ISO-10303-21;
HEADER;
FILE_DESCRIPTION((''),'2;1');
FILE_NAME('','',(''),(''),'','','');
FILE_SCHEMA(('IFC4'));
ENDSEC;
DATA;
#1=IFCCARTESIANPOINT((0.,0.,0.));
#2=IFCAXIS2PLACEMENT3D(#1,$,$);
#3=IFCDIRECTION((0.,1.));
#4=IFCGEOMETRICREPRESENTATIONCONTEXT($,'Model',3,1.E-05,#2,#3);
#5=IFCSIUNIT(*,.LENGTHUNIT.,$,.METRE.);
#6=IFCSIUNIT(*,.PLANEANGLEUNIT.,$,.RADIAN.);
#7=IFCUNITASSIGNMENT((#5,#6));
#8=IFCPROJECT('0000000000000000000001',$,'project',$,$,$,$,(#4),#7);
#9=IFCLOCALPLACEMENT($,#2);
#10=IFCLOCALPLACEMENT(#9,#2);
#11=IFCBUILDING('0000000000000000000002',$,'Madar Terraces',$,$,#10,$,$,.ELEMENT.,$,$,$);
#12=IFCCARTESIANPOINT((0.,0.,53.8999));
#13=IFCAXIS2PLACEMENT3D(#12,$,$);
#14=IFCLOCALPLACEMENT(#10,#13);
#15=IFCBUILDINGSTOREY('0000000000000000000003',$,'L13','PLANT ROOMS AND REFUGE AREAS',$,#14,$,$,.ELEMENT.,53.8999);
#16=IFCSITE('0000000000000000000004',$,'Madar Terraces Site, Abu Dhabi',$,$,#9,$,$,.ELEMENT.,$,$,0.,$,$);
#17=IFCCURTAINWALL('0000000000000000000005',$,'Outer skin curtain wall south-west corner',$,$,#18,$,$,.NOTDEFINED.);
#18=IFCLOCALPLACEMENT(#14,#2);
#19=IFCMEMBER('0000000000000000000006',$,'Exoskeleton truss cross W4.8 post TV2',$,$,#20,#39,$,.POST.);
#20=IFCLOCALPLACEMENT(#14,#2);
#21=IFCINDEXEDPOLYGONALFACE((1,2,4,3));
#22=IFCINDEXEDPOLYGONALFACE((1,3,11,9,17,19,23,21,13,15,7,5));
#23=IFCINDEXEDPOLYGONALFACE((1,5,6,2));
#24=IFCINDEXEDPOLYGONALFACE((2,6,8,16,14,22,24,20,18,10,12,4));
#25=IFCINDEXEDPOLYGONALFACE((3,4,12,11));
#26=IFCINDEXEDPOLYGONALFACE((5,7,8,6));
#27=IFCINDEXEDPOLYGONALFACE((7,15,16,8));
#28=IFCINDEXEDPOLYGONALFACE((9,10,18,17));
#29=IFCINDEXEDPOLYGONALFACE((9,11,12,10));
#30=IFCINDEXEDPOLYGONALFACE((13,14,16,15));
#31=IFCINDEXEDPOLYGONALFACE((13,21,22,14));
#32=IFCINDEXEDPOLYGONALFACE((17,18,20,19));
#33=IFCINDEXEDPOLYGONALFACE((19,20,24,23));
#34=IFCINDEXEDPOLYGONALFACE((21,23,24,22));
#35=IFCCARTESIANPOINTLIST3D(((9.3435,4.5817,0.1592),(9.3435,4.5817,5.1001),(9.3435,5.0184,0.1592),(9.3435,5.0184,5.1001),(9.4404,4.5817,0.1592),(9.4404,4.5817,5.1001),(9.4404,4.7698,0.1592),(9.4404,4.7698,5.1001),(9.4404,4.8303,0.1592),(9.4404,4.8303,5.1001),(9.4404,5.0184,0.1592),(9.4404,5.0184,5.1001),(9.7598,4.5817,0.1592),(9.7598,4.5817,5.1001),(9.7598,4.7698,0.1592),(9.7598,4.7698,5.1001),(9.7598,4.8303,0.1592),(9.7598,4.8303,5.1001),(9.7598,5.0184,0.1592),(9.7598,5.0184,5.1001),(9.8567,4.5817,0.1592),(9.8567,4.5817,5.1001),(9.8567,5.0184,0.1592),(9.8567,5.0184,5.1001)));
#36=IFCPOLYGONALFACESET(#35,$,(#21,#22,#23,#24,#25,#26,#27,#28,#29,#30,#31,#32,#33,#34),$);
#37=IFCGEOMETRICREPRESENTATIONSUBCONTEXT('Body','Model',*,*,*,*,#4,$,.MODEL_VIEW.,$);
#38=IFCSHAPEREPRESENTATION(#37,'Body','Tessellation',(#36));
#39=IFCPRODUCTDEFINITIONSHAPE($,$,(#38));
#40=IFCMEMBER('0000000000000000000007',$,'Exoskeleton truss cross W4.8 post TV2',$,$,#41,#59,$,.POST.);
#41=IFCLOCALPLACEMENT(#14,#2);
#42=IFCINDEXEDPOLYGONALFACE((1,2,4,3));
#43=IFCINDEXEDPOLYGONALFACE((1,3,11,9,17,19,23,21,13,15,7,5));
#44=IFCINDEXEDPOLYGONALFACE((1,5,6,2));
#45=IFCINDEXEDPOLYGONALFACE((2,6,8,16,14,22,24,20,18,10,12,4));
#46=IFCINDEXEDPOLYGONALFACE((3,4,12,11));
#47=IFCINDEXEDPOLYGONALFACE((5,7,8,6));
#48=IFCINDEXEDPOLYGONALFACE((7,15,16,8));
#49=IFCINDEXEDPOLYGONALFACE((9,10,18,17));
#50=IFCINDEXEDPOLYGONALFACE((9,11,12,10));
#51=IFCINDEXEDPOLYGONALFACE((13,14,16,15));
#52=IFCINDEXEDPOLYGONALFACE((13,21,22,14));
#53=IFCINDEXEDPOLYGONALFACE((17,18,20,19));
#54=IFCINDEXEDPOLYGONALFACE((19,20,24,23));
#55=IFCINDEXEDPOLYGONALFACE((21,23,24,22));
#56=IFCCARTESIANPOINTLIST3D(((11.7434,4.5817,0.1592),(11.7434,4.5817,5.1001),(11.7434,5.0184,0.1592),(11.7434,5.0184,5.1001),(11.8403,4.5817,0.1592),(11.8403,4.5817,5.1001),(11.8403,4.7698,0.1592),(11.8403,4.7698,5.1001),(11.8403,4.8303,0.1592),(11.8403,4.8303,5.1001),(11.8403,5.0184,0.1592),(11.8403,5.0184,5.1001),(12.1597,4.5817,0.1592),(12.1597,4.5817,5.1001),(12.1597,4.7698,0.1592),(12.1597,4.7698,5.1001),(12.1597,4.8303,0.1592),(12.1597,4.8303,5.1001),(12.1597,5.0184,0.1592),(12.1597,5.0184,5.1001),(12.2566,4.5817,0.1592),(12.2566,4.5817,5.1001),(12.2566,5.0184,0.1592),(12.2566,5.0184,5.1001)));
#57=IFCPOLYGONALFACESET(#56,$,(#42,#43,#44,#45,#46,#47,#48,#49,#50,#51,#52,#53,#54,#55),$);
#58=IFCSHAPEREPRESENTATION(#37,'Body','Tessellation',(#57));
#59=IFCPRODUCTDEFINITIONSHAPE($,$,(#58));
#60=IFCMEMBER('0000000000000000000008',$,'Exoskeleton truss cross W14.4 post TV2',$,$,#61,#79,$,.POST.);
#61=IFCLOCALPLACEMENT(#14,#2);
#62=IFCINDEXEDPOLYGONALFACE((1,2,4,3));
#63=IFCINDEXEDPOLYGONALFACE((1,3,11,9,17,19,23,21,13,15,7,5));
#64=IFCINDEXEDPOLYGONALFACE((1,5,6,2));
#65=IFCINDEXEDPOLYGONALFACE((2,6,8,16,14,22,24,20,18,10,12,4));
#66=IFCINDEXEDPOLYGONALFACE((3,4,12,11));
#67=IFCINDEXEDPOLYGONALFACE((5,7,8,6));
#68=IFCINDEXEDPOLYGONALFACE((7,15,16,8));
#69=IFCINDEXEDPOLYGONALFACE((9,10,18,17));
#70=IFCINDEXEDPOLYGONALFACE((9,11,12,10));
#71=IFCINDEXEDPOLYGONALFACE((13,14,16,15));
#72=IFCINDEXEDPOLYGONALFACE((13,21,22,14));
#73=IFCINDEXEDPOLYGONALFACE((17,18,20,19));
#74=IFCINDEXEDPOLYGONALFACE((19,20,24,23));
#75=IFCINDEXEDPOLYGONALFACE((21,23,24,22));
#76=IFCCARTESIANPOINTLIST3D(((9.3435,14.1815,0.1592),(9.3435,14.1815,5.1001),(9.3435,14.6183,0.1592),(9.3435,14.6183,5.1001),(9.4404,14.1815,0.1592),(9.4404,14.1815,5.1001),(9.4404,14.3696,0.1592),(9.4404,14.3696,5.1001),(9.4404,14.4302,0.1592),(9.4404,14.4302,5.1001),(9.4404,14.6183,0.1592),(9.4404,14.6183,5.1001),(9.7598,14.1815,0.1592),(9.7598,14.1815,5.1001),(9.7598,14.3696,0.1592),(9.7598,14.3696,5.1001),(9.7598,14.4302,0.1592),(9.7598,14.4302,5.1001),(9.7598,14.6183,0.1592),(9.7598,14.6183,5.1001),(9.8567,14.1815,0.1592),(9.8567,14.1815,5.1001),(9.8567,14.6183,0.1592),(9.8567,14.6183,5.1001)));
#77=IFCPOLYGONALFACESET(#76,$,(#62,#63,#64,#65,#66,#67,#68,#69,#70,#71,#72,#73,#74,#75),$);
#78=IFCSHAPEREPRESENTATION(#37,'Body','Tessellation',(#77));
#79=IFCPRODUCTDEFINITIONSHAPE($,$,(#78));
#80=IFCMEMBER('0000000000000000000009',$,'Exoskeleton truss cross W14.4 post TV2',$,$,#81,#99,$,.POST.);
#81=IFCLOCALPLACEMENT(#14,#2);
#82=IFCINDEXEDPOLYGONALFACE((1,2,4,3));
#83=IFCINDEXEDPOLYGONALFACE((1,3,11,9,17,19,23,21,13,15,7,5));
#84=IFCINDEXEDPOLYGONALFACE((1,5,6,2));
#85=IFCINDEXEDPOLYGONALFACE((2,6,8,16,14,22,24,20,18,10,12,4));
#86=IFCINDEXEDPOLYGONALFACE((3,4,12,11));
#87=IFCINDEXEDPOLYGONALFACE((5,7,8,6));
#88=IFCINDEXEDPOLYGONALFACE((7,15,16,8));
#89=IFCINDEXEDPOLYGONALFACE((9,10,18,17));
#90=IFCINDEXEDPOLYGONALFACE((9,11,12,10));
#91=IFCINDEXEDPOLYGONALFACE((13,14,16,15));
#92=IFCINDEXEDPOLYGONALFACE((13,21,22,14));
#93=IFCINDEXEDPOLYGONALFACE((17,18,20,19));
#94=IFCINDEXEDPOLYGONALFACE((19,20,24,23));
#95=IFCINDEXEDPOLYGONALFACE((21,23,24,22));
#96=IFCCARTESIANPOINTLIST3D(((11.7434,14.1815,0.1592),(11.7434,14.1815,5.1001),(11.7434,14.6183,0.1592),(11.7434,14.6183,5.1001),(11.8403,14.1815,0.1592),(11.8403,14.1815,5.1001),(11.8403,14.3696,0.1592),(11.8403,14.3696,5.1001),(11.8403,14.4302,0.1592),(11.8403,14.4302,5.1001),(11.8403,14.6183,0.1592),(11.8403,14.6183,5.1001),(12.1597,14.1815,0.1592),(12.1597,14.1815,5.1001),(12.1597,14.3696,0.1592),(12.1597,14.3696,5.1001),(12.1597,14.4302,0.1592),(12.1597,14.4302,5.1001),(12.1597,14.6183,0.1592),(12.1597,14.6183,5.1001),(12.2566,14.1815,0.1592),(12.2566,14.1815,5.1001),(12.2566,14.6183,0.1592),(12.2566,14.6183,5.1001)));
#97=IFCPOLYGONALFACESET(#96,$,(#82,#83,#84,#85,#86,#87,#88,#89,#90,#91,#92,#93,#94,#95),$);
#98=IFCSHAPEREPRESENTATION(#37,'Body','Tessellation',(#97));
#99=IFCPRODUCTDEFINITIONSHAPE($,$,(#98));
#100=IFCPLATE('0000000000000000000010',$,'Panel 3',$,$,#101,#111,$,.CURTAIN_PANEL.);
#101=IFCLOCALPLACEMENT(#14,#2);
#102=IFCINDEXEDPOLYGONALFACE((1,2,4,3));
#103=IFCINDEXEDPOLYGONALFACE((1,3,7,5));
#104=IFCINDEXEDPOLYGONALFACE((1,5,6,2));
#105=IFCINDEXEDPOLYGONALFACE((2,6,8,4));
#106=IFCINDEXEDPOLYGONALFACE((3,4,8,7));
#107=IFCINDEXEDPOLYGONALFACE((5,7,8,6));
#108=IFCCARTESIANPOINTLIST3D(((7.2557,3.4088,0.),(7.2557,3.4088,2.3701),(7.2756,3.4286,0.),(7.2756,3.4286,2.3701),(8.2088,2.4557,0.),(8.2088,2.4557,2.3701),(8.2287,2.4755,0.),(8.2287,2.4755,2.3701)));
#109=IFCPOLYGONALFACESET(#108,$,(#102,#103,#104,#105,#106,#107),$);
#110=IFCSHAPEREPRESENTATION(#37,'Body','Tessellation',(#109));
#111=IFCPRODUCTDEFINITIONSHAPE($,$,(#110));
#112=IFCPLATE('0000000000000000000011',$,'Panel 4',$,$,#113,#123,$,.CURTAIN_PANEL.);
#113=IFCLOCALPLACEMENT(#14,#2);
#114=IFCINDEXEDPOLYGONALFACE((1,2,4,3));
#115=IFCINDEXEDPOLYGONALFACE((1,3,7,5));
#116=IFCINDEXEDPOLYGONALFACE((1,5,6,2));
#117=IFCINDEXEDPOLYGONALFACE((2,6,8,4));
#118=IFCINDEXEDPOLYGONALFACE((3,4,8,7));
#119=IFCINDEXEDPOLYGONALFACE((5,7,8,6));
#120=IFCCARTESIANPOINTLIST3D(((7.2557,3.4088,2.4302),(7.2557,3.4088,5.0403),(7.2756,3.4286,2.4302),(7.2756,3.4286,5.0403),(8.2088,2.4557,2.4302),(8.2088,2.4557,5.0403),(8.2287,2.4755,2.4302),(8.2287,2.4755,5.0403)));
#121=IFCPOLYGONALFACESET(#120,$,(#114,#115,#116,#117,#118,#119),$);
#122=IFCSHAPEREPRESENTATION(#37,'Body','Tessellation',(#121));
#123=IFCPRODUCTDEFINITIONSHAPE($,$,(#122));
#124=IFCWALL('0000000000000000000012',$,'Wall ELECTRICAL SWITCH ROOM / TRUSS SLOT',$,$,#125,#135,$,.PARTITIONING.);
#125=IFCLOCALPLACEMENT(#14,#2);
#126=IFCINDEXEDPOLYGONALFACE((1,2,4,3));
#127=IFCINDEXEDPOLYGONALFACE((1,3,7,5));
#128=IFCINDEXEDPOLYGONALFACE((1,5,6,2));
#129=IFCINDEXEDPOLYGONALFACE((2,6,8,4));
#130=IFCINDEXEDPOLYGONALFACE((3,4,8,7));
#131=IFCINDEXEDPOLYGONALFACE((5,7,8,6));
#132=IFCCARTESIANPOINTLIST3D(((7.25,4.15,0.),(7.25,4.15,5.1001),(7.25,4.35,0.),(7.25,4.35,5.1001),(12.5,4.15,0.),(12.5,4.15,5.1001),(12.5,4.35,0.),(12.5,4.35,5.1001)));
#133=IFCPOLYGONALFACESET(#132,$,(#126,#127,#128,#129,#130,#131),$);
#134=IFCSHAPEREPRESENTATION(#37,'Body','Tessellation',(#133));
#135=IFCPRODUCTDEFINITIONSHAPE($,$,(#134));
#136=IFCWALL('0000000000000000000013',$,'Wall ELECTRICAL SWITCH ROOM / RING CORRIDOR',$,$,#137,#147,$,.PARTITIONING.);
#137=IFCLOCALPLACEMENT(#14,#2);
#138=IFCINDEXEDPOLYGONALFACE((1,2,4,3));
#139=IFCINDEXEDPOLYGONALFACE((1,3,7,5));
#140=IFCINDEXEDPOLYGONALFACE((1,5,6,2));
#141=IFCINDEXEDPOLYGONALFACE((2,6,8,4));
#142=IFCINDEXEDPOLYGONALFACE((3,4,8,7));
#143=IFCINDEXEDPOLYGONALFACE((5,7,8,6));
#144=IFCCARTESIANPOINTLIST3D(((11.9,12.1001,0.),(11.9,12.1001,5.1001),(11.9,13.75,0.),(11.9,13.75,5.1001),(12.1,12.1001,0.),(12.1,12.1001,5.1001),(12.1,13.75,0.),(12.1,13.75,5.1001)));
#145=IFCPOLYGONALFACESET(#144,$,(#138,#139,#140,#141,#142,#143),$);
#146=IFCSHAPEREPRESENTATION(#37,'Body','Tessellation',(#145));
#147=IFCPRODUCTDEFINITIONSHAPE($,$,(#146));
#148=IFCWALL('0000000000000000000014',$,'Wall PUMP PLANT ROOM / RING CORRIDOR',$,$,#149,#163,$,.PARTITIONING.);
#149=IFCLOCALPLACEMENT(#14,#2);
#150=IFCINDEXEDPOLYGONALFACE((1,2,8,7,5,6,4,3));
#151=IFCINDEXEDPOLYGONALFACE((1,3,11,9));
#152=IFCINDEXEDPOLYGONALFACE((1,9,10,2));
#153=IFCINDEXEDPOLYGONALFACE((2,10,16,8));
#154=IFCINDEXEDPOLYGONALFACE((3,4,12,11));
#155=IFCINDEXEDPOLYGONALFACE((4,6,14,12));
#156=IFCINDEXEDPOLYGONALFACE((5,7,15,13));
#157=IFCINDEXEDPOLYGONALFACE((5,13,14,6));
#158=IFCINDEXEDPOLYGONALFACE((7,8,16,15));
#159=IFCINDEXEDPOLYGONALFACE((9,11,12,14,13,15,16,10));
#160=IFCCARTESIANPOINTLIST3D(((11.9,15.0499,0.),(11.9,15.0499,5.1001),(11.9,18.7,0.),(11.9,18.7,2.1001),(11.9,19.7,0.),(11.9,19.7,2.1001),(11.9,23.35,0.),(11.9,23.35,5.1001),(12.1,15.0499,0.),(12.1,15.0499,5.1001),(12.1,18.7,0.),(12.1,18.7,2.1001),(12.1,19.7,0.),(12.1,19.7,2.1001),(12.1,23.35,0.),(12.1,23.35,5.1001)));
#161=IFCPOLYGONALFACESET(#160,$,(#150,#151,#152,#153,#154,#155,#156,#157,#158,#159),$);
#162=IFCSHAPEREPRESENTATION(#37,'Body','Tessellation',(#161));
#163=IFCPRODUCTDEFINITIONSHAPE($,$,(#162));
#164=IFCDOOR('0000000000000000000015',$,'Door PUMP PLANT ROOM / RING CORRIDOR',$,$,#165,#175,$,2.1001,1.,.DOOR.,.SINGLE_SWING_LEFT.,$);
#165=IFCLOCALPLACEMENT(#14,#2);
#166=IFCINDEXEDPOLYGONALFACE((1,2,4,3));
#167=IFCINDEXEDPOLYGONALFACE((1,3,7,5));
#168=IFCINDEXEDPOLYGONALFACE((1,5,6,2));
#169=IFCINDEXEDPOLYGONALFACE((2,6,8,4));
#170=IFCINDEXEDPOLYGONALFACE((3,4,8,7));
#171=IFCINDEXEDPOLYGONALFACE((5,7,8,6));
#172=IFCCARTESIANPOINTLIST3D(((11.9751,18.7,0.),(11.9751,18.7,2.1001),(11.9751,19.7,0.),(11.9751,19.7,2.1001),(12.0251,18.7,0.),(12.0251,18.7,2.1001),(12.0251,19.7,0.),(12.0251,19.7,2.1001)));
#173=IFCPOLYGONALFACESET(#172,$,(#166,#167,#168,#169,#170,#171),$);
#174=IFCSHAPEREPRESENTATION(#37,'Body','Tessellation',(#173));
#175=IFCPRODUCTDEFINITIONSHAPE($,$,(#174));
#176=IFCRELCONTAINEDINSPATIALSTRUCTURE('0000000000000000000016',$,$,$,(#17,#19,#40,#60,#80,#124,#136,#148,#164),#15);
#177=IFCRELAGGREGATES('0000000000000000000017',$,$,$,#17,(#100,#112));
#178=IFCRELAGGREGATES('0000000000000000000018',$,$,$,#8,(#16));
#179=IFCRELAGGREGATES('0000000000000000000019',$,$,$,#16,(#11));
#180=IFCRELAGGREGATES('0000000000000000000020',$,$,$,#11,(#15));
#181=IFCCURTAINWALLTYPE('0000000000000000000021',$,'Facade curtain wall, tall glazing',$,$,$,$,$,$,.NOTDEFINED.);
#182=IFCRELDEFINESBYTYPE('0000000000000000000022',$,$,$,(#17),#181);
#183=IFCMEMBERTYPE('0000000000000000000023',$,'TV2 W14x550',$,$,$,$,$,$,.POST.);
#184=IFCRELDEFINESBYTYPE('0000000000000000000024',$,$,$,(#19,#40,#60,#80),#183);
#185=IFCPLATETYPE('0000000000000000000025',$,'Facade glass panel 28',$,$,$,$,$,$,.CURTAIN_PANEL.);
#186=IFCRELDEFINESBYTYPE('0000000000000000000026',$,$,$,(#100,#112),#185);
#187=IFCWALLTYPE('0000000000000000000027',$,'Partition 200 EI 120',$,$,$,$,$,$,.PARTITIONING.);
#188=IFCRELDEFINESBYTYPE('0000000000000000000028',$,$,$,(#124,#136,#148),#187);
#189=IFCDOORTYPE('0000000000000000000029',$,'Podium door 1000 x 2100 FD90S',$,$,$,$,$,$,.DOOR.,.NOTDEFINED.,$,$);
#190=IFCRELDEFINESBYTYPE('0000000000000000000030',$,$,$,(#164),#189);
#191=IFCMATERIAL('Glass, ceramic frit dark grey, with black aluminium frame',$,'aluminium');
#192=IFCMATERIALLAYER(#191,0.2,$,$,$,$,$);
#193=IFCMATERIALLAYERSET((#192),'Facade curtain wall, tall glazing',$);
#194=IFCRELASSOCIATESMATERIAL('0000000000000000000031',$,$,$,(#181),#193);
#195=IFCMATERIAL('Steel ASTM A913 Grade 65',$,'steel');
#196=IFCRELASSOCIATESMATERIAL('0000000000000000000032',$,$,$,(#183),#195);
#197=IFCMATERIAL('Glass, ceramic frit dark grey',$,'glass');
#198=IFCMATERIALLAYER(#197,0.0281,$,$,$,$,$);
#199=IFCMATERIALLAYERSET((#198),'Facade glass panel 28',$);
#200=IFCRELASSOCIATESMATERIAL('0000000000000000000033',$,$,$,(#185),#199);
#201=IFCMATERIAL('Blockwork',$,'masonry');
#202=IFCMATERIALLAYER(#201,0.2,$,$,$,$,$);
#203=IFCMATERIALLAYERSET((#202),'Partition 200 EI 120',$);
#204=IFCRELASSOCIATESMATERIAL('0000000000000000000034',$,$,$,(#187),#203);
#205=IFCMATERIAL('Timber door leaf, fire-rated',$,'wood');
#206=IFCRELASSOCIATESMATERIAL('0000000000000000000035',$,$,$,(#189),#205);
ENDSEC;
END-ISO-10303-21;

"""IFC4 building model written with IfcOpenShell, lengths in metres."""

from ifc_helpers import new_model, si_unit, direction, frame, frame_2d, origin, origin_2d, place, context, subcontext, project, spatial, rectangle, i_section, extrude, material, layer, layer_set, material_profile, profile_set, type_object, element, fill, aggregate, save


model = new_model("IFC4")

# Units and contexts
model_context = context("Model", 3, precision=1e-05, world=origin(), true_north=direction((0.0, 1.0)))
body_context = subcontext(model_context, "Body", "Model", "MODEL_VIEW")
ifc_project = project(units=[si_unit("LENGTHUNIT", "METRE"), si_unit("PLANEANGLEUNIT", "RADIAN")], contexts=[model_context])

# Site, building, storey
site_placement = place(None, origin())
site = spatial("IfcSite", under=ifc_project, at=site_placement, Name="Madar Terraces Site, Abu Dhabi", CompositionType="ELEMENT", RefElevation=0.0)
building_placement = place(site_placement, origin())
building = spatial("IfcBuilding", under=site, at=building_placement, Name="Madar Terraces", CompositionType="ELEMENT")
storey_placement = place(building_placement, frame((0.0, 0.0, 53.8999)))
storey = spatial("IfcBuildingStorey", under=building, at=storey_placement, Name="L13", Description="PLANT ROOMS AND REFUGE AREAS", CompositionType="ELEMENT", Elevation=53.8999)

# Curtain wall
ifc_material_1 = material(Name="Glass, ceramic frit dark grey, with black aluminium frame", Category="aluminium")
ifc_layer_1 = layer(ifc_material_1, 0.2)
ifc_layer_set_1 = layer_set([ifc_layer_1], Name="Facade curtain wall, tall glazing")
curtain_wall_type = type_object("IfcCurtainWallType", Name="Facade curtain wall, tall glazing", PredefinedType="NOTDEFINED", material=ifc_layer_set_1)
curtain_wall_placement = place(storey_placement, origin())
curtain_wall = element("IfcCurtainWall", 1, at=curtain_wall_placement, inside=storey, type_object=curtain_wall_type, Name="Outer skin curtain wall south-west corner", PredefinedType="NOTDEFINED")

# Members
ifc_material_2 = material(Name="Steel ASTM A913 Grade 65", Category="steel")
ifc_material_profile_1 = material_profile(ifc_material_2, i_section(OverallWidth=0.4368, OverallDepth=0.5132, WebThickness=0.0605, FlangeThickness=0.0969, at=origin_2d()), Name="W14x550")
ifc_profile_set_1 = profile_set([ifc_material_profile_1], Name="Steel ASTM A913 Grade 65")
member_type_1 = type_object("IfcMemberType", Name="TV2 W14x550", PredefinedType="POST", material=ifc_profile_set_1)
for number, where, z_axis, x_axis, name in (
    (2, (9.6001, 4.8, 0.1592), (0.0, 0.0, 1.0), (0.0, 1.0, 0.0), "Exoskeleton truss cross W4.8 post TV2"),
    (3, (12.0, 4.8, 0.1592), (0.0, 0.0, 1.0), (0.0, 1.0, 0.0), "Exoskeleton truss cross W4.8 post TV2"),
    (4, (9.6001, 14.3999, 0.1592), (0.0, 0.0, 1.0), (0.0, 1.0, 0.0), "Exoskeleton truss cross W14.4 post TV2"),
    (5, (12.0, 14.3999, 0.1592), (0.0, 0.0, 1.0), (0.0, 1.0, 0.0), "Exoskeleton truss cross W14.4 post TV2"),
):
    element("IfcMember", number, at=place(storey_placement, frame(where, z_axis=z_axis, x_axis=x_axis)), inside=storey, type_object=member_type_1, Name=name, PredefinedType="POST", context=body_context, shape_type="SweptSolid", body=[
        extrude(i_section(OverallWidth=0.4368, OverallDepth=0.5132, WebThickness=0.0605, FlangeThickness=0.0969, at=origin_2d()), origin(), (0.0, 0.0, 1.0), 4.9409),
    ])

# Plates
ifc_material_3 = material(Name="Glass, ceramic frit dark grey", Category="glass")
ifc_layer_2 = layer(ifc_material_3, 0.0281)
ifc_layer_set_2 = layer_set([ifc_layer_2], Name="Facade glass panel 28")
plate_type = type_object("IfcPlateType", Name="Facade glass panel 28", PredefinedType="CURTAIN_PANEL", material=ifc_layer_set_2)
plate_1_placement = place(storey_placement, frame((7.7422, 2.9421, 0.0), z_axis=(0.0, 0.0, 1.0), x_axis=(0.707107, -0.707107, 0.0)))
plate_1 = element("IfcPlate", 6, at=plate_1_placement, type_object=plate_type, Name="Panel 3", PredefinedType="CURTAIN_PANEL", context=body_context, shape_type="SweptSolid", body=[
    extrude(rectangle(XDim=1.3479, YDim=0.0281, at=origin_2d()), origin(), (0.0, 0.0, 1.0), 2.3701),
])
plate_2_placement = place(storey_placement, frame((7.7422, 2.9421, 2.4302), z_axis=(0.0, 0.0, 1.0), x_axis=(0.707107, -0.707107, 0.0)))
plate_2 = element("IfcPlate", 7, at=plate_2_placement, type_object=plate_type, Name="Panel 4", PredefinedType="CURTAIN_PANEL", context=body_context, shape_type="SweptSolid", body=[
    extrude(rectangle(XDim=1.3479, YDim=0.0281, at=origin_2d()), origin(), (0.0, 0.0, 1.0), 2.6101),
])
aggregate(curtain_wall, [plate_1, plate_2])

# Walls
ifc_material_4 = material(Name="Blockwork", Category="masonry")
ifc_layer_3 = layer(ifc_material_4, 0.2)
ifc_layer_set_3 = layer_set([ifc_layer_3], Name="Partition 200 EI 120")
wall_type = type_object("IfcWallType", Name="Partition 200 EI 120", PredefinedType="PARTITIONING", material=ifc_layer_set_3)
wall_1_placement = place(storey_placement, frame((7.25, 4.25, 0.0), z_axis=(0.0, 0.0, 1.0), x_axis=(1.0, 0.0, 0.0)))
element("IfcWall", 8, at=wall_1_placement, inside=storey, type_object=wall_type, Name="Wall ELECTRICAL SWITCH ROOM / TRUSS SLOT", PredefinedType="PARTITIONING", context=body_context, shape_type="SweptSolid", body=[
    extrude(rectangle(XDim=5.25, YDim=0.2, at=frame_2d((2.625, 0.0))), origin(), (0.0, 0.0, 1.0), 5.1001),
])
wall_2_placement = place(storey_placement, frame((12.0, 12.1001, 0.0), z_axis=(0.0, 0.0, 1.0), x_axis=(0.0, 1.0, 0.0)))
element("IfcWall", 9, at=wall_2_placement, inside=storey, type_object=wall_type, Name="Wall ELECTRICAL SWITCH ROOM / RING CORRIDOR", PredefinedType="PARTITIONING", context=body_context, shape_type="SweptSolid", body=[
    extrude(rectangle(XDim=1.6499, YDim=0.2, at=frame_2d((0.825, 0.0))), origin(), (0.0, 0.0, 1.0), 5.1001),
])

# Wall, opening, door
wall_3_placement = place(storey_placement, frame((12.0, 15.05, 0.0), z_axis=(0.0, 0.0, 1.0), x_axis=(0.0, 1.0, 0.0)))
wall_3 = element("IfcWall", 10, at=wall_3_placement, inside=storey, type_object=wall_type, Name="Wall PUMP PLANT ROOM / RING CORRIDOR", PredefinedType="PARTITIONING", context=body_context, shape_type="SweptSolid", body=[
    extrude(rectangle(XDim=8.3, YDim=0.2, at=frame_2d((4.1499, 0.0))), origin(), (0.0, 0.0, 1.0), 5.1001),
])
opening_placement = place(wall_3_placement, frame((3.6499, 0.0, 0.0)))
opening = element("IfcOpeningElement", 11, at=opening_placement, cuts=wall_3, PredefinedType="OPENING", context=body_context, shape_type="SweptSolid", body=[
    extrude(rectangle(XDim=1.0, YDim=2.1001, at=frame_2d((0.5, 1.05))), frame((0.0, 0.1099, 0.0), z_axis=(0.0, -1.0, 0.0), x_axis=(1.0, 0.0, 0.0)), (0.0, 0.0, 1.0), 0.22),
])
ifc_material_5 = material(Name="Timber door leaf, fire-rated", Category="wood")
door_type = type_object("IfcDoorType", Name="Podium door 1000 x 2100 FD90S", OperationType="NOTDEFINED", PredefinedType="DOOR", material=ifc_material_5)
door_placement = place(opening_placement, origin())
door = element("IfcDoor", 12, at=door_placement, inside=storey, type_object=door_type, Name="Door PUMP PLANT ROOM / RING CORRIDOR", OperationType="SINGLE_SWING_LEFT", OverallHeight=2.1001, OverallWidth=1.0, PredefinedType="DOOR", context=body_context, shape_type="SweptSolid", body=[
    extrude(rectangle(XDim=1.0, YDim=2.1001, at=frame_2d((0.5, 1.05))), frame((0.0, 0.0249, 0.0), z_axis=(0.0, -1.0, 0.0), x_axis=(1.0, 0.0, 0.0)), (0.0, 0.0, 1.0), 0.05),
])
fill(opening, door)

save(model, "model.ifc")
